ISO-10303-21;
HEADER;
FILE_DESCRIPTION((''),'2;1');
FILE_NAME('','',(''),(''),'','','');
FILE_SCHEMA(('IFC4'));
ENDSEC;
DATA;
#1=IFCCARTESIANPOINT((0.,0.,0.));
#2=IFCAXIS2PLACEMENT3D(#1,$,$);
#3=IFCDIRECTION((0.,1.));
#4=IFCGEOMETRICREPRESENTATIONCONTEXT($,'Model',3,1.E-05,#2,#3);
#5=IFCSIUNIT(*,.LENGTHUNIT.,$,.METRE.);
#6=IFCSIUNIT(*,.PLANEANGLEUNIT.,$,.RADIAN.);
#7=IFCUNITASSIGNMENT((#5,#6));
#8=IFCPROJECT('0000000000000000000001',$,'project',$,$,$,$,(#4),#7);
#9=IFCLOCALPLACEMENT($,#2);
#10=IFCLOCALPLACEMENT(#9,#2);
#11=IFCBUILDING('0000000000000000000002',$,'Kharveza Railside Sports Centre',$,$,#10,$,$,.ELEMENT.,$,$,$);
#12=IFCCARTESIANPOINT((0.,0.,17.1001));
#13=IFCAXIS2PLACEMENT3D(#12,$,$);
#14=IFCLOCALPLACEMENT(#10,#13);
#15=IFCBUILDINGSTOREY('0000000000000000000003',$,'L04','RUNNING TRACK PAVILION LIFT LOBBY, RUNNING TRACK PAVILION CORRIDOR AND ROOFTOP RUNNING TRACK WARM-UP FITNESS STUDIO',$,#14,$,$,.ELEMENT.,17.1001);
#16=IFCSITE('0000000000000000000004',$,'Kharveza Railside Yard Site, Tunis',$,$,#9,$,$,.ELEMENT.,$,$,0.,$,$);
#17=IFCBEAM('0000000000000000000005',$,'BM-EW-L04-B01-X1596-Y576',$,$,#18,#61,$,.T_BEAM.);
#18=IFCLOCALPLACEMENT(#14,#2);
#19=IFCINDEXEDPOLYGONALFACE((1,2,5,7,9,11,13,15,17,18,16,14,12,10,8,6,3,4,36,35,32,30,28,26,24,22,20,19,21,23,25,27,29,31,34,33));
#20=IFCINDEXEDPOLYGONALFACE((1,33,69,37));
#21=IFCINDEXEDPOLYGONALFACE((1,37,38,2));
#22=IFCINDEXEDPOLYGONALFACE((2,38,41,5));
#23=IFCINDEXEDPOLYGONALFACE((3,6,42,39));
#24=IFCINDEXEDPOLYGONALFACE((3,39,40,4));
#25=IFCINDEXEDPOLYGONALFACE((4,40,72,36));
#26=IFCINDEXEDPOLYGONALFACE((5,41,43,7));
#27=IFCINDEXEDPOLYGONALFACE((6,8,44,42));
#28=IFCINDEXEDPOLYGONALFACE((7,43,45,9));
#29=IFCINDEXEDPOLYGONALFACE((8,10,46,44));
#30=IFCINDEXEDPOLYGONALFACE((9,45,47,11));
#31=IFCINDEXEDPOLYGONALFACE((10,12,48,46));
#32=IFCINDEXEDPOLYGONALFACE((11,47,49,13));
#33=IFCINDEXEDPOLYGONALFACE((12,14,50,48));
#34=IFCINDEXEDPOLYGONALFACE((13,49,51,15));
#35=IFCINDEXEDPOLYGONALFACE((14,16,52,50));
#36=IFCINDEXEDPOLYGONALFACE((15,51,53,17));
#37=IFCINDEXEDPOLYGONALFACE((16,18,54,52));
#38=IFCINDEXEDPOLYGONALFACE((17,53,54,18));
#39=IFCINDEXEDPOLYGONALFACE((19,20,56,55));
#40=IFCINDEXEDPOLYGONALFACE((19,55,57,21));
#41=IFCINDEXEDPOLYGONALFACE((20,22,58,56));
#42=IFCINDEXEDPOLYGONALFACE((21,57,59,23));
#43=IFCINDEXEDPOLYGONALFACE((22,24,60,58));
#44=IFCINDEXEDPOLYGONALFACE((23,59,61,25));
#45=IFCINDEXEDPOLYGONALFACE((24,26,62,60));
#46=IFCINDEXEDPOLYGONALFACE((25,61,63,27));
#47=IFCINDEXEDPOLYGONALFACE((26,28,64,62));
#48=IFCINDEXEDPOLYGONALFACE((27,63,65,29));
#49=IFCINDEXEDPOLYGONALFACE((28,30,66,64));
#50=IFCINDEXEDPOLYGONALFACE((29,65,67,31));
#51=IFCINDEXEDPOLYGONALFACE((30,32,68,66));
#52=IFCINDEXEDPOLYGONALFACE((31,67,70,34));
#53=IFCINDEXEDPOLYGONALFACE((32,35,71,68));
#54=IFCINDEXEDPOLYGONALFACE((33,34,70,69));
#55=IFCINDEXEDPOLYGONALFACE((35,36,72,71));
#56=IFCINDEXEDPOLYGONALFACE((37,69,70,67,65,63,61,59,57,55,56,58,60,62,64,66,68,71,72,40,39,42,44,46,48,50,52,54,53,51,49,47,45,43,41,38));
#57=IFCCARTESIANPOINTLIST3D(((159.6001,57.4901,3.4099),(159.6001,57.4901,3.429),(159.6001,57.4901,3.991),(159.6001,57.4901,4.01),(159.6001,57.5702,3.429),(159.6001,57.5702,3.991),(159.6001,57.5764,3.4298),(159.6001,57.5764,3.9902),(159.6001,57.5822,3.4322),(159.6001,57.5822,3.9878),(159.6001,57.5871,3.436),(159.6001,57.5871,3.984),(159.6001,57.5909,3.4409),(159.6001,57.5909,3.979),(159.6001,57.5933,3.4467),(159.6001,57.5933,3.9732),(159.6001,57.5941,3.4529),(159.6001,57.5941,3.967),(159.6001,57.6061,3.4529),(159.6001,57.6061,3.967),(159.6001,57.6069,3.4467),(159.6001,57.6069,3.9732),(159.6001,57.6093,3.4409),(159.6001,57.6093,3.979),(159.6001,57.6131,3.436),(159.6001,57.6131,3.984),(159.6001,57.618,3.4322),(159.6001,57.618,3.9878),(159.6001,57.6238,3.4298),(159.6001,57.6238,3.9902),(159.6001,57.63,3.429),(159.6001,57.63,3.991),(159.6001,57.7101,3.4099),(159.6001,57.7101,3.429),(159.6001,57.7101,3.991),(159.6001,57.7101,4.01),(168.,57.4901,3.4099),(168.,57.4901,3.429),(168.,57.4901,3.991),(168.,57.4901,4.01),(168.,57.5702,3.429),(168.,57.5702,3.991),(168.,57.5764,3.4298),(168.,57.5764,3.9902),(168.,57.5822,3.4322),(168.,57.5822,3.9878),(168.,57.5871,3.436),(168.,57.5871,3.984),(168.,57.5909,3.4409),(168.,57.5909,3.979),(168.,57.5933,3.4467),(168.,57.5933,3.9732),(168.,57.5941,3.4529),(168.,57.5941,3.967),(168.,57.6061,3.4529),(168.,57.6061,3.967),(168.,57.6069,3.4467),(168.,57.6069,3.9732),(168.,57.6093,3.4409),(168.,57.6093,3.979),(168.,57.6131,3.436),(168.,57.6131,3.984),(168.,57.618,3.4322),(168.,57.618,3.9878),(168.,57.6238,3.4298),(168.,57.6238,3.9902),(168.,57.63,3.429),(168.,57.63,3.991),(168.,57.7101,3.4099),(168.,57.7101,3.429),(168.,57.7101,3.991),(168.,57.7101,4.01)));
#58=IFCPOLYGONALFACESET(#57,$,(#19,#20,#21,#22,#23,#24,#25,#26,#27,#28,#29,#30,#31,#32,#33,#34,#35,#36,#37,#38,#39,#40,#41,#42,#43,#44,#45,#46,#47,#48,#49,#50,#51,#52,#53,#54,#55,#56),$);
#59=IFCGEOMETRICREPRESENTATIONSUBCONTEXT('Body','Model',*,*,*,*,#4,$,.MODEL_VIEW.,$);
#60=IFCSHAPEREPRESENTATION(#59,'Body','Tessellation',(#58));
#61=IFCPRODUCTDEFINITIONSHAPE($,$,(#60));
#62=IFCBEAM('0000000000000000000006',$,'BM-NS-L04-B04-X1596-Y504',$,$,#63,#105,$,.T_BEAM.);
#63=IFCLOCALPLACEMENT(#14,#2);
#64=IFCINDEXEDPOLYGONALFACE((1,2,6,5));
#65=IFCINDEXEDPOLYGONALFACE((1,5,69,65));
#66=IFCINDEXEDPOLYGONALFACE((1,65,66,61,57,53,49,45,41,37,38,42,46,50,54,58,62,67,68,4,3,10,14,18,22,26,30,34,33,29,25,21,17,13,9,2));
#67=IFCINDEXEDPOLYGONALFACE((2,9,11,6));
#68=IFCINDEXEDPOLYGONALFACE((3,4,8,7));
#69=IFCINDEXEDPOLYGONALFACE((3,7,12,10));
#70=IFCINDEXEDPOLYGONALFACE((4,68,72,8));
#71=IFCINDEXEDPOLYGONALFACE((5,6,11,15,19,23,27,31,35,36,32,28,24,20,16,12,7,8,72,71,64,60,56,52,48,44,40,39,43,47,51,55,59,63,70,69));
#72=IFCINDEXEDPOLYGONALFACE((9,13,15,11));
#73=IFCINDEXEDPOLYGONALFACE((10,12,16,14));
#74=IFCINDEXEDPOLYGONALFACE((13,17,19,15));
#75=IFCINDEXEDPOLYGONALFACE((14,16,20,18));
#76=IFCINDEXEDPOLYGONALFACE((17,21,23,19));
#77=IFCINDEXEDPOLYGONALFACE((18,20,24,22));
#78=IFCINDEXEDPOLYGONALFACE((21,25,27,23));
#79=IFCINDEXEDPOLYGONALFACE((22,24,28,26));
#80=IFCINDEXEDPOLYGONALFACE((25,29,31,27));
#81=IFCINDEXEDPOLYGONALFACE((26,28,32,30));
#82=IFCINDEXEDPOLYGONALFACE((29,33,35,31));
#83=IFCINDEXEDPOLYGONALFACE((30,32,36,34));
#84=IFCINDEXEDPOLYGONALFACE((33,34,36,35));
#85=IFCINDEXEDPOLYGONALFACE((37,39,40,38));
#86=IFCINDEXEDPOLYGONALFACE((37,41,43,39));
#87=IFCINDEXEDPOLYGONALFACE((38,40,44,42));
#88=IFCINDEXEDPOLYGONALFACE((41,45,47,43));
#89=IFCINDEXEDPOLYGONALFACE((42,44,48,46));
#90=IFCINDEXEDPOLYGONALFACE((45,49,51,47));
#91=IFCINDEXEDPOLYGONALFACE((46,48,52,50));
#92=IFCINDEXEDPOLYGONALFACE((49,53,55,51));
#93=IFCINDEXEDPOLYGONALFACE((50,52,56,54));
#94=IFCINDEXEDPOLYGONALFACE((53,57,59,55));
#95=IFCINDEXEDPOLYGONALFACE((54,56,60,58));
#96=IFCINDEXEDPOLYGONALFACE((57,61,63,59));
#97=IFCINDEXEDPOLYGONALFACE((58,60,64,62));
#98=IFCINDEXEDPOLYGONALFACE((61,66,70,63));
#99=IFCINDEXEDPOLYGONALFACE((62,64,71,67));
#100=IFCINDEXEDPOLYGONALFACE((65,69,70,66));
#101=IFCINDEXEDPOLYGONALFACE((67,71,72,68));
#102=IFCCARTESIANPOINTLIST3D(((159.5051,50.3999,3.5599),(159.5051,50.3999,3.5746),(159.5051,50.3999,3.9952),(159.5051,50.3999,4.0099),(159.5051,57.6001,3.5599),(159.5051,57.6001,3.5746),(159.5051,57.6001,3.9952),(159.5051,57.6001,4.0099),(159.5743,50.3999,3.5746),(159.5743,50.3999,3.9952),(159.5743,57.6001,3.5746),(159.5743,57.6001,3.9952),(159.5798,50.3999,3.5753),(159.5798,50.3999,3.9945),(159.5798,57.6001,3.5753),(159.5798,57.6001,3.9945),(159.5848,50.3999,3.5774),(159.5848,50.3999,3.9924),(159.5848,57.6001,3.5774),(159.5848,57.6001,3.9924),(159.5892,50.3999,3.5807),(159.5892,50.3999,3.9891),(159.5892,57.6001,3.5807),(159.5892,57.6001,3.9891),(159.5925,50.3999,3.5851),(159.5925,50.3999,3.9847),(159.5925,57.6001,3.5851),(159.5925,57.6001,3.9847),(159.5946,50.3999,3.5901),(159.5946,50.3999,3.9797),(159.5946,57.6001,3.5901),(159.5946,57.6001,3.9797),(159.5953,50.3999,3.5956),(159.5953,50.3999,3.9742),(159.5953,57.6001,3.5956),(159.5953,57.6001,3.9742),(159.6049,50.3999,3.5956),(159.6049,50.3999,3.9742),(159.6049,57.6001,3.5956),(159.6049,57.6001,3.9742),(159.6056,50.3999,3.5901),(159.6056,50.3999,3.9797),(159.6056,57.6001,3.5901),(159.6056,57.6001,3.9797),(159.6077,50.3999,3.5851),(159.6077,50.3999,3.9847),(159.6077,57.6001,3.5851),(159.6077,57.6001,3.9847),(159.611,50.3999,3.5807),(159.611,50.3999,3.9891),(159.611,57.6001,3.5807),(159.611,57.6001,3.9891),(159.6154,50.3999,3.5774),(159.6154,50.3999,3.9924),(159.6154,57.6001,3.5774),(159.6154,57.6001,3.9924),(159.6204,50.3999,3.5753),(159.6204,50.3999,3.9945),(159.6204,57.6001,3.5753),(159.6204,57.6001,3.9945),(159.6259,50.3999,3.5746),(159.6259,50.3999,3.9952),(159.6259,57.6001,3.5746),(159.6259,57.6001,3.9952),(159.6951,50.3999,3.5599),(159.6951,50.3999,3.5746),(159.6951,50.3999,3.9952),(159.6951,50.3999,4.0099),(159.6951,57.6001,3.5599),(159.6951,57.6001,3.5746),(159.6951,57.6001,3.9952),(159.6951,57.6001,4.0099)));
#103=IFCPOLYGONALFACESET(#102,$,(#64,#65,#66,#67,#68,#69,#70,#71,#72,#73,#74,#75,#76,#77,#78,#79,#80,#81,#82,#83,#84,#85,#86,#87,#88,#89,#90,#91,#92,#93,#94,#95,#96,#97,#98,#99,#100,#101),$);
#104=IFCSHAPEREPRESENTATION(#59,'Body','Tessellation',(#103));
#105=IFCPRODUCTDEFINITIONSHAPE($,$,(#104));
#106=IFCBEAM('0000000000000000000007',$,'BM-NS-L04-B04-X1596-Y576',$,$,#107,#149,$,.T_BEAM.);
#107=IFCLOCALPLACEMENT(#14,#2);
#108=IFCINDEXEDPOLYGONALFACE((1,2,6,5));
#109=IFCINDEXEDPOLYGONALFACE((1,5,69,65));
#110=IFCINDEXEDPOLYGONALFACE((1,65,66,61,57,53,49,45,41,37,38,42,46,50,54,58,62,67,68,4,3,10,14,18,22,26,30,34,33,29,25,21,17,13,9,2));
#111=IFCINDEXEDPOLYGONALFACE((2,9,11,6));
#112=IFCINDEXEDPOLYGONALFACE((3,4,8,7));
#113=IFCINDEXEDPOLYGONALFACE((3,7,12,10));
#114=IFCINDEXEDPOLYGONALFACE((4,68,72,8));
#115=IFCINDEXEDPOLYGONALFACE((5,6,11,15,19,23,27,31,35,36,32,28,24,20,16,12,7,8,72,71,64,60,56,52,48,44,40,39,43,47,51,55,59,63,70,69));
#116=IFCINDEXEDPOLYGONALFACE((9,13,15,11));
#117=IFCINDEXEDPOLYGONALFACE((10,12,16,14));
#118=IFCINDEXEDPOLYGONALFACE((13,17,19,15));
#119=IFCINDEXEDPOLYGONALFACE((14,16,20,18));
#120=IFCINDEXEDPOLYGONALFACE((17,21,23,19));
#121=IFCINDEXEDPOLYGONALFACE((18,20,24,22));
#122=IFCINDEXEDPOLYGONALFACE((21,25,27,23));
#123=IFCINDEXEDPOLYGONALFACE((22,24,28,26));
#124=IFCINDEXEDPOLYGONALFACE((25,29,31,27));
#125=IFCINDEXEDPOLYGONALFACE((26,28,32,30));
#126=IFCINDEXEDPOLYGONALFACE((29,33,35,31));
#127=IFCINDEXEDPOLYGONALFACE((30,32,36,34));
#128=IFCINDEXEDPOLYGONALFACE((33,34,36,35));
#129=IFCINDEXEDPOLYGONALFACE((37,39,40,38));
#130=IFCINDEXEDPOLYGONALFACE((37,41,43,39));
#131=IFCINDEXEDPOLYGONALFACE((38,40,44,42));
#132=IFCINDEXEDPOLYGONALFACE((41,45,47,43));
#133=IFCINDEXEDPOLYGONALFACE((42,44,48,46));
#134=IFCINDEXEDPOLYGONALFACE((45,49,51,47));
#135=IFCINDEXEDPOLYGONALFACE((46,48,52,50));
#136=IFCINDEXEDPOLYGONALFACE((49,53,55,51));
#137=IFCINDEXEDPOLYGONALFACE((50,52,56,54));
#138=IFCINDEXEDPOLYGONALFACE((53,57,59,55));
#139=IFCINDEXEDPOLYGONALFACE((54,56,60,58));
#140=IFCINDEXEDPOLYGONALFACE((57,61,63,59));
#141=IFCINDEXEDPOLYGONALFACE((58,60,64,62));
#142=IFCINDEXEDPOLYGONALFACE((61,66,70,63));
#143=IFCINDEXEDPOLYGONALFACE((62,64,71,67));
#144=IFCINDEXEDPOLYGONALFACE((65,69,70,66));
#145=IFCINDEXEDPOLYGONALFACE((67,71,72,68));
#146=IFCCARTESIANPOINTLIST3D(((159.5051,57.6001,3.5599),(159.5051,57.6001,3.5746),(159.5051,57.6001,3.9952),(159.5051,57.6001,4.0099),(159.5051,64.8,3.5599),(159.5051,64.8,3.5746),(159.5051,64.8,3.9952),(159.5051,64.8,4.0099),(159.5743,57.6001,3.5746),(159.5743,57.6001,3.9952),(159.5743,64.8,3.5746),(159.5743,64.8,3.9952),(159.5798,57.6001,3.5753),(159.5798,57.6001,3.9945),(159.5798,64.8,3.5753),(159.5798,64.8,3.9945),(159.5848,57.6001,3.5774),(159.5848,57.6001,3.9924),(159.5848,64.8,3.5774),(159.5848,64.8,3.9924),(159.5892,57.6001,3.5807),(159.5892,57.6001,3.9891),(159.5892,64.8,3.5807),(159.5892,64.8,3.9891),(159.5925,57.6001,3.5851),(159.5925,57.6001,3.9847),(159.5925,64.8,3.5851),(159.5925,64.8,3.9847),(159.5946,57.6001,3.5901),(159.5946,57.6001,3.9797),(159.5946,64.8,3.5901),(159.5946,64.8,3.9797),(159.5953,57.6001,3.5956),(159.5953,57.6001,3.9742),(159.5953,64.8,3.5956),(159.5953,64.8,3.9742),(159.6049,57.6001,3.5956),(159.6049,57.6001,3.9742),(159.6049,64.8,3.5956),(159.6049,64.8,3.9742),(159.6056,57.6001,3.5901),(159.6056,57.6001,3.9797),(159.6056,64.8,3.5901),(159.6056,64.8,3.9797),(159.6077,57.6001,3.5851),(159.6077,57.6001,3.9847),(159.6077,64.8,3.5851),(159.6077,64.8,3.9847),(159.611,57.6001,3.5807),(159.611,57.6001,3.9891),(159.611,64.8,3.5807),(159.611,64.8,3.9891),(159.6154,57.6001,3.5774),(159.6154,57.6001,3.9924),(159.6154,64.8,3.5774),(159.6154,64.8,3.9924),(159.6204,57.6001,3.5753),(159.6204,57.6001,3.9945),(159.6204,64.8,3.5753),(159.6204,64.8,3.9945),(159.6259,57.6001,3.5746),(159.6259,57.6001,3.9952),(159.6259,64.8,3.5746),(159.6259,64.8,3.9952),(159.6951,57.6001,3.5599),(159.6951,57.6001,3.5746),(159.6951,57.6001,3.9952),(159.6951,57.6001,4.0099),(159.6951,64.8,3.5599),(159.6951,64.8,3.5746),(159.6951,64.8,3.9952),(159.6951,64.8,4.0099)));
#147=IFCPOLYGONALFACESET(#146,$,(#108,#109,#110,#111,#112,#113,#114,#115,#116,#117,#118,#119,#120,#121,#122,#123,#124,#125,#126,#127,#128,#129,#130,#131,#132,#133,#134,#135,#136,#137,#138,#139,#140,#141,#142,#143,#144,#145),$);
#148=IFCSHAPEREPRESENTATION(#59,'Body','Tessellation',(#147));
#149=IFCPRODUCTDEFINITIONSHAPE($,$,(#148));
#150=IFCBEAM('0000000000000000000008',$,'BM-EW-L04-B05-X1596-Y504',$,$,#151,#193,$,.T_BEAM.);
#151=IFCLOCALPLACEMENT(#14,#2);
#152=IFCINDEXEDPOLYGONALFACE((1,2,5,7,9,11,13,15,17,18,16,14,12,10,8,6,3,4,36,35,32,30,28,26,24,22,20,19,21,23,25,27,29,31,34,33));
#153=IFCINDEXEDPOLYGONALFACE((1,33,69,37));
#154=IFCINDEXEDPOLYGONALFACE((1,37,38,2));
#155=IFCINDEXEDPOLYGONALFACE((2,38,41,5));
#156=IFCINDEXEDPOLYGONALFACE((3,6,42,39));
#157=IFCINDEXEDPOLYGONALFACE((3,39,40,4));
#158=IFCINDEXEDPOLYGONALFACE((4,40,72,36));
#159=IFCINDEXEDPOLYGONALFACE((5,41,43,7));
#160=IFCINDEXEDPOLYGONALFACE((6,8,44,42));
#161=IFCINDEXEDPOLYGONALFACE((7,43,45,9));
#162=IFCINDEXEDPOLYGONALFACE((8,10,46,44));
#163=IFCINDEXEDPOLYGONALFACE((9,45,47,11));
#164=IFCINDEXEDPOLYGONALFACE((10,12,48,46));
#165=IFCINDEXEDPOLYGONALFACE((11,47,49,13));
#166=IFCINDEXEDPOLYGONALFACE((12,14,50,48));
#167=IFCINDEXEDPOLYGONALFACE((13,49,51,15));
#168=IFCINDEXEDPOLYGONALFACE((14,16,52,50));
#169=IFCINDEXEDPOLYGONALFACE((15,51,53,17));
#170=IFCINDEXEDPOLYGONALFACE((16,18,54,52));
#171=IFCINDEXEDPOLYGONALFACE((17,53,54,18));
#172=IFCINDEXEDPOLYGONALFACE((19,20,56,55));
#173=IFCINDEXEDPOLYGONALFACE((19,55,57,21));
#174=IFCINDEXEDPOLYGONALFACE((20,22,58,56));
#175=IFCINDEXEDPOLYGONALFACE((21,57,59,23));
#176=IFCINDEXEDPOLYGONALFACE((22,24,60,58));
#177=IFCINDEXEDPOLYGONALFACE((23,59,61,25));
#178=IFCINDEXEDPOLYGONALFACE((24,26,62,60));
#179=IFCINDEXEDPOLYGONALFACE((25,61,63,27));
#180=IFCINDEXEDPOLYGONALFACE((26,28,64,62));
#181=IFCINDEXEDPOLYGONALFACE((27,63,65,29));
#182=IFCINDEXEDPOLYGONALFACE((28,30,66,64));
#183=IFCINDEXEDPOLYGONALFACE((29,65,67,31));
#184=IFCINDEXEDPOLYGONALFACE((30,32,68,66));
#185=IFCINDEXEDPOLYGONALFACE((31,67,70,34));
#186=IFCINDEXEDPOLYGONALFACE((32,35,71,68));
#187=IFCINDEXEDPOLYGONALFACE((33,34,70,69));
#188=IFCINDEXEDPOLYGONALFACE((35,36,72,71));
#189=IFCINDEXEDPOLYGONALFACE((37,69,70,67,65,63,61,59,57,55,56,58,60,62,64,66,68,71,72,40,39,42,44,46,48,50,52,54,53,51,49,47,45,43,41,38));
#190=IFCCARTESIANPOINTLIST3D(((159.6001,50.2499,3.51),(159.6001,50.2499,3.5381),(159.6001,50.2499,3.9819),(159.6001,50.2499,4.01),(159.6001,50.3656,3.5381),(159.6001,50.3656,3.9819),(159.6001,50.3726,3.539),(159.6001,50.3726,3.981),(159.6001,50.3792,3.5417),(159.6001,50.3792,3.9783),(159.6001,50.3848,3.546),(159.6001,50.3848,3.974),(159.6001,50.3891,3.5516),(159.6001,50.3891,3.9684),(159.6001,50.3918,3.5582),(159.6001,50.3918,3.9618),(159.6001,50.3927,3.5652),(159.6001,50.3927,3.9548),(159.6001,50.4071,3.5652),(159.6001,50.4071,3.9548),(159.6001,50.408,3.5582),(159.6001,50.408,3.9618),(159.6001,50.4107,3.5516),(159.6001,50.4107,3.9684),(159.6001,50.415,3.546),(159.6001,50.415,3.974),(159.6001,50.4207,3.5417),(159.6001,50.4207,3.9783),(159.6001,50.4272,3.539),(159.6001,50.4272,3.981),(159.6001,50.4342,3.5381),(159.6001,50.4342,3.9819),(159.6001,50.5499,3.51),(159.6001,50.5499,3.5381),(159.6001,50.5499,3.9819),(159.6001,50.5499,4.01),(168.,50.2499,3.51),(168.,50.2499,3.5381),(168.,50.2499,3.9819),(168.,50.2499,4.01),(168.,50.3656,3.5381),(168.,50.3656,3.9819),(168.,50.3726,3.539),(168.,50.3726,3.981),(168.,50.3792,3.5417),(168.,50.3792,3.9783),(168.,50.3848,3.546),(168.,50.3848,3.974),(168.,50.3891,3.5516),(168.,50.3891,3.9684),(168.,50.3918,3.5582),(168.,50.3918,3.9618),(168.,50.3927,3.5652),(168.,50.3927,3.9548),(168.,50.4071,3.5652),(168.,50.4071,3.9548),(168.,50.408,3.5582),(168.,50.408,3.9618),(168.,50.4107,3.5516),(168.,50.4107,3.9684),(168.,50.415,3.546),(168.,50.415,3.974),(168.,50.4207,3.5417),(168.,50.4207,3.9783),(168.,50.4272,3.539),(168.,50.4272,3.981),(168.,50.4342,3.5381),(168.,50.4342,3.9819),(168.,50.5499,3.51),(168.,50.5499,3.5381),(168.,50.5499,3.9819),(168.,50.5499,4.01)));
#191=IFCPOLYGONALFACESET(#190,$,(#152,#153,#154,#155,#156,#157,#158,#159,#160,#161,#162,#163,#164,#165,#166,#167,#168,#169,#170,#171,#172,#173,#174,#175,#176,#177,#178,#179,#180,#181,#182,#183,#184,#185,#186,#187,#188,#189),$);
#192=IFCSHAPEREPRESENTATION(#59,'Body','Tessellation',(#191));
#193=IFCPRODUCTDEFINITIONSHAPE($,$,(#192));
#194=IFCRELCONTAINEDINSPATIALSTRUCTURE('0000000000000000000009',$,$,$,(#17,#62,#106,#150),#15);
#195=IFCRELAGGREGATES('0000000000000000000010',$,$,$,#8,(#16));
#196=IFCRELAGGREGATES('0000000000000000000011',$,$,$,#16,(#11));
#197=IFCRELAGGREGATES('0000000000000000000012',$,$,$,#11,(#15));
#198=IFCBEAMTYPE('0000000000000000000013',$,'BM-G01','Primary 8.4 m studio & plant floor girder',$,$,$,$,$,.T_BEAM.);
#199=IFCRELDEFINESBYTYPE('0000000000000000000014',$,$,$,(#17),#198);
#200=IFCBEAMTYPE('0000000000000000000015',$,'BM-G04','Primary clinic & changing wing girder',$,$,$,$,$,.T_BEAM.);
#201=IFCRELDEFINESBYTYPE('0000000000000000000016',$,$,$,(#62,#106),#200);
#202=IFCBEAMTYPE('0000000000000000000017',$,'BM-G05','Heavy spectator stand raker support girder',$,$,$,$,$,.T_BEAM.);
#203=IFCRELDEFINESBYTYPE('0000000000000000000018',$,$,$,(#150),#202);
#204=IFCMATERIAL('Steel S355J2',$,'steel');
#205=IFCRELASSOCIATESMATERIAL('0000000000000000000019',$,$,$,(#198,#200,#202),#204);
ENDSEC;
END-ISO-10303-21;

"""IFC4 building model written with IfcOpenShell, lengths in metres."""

from ifc_helpers import new_model, si_unit, direction, frame, origin, origin_2d, place, context, subcontext, project, spatial, i_section, extrude, material, material_profile, profile_set, type_object, element, save


model = new_model("IFC4")

# Units and contexts
model_context = context("Model", 3, precision=1e-05, world=origin(), true_north=direction((0.0, 1.0)))
body_context = subcontext(model_context, "Body", "Model", "MODEL_VIEW")
ifc_project = project(units=[si_unit("LENGTHUNIT", "METRE"), si_unit("PLANEANGLEUNIT", "RADIAN")], contexts=[model_context])

# Site, building, storey
site_placement = place(None, origin())
site = spatial("IfcSite", under=ifc_project, at=site_placement, Name="Kharveza Railside Yard Site, Tunis", CompositionType="ELEMENT", RefElevation=0.0)
building_placement = place(site_placement, origin())
building = spatial("IfcBuilding", under=site, at=building_placement, Name="Kharveza Railside Sports Centre", CompositionType="ELEMENT")
storey_placement = place(building_placement, frame((0.0, 0.0, 17.1001)))
storey = spatial("IfcBuildingStorey", under=building, at=storey_placement, Name="L04", Description="RUNNING TRACK PAVILION LIFT LOBBY, RUNNING TRACK PAVILION CORRIDOR AND ROOFTOP RUNNING TRACK WARM-UP FITNESS STUDIO", CompositionType="ELEMENT", Elevation=17.1001)

# Shared definitions
ifc_material_1 = material(Name="Steel S355J2", Category="steel")

# Beams
ifc_material_profile_1 = material_profile(ifc_material_1, i_section(OverallWidth=0.22, OverallDepth=0.6001, WebThickness=0.012, FlangeThickness=0.019, FilletRadius=0.0239, at=origin_2d()), Name="IPE 600")
ifc_profile_set_1 = profile_set([ifc_material_profile_1], Name="Steel S355J2")
beam_type_1 = type_object("IfcBeamType", Name="BM-G01", Description="Primary 8.4 m studio & plant floor girder", PredefinedType="T_BEAM", material=ifc_profile_set_1)
beam_1_placement = place(storey_placement, frame((159.6001, 57.6001, 3.71), z_axis=(1.0, 0.0, 0.0), x_axis=(0.0, 1.0, 0.0)))
element("IfcBeam", 1, at=beam_1_placement, inside=storey, type_object=beam_type_1, Name="BM-EW-L04-B01-X1596-Y576", PredefinedType="T_BEAM", context=body_context, shape_type="SweptSolid", body=[
    extrude(i_section(OverallWidth=0.22, OverallDepth=0.6001, WebThickness=0.012, FlangeThickness=0.019, FilletRadius=0.0239, at=origin_2d()), origin(), (0.0, 0.0, 1.0), 8.3999),
])
ifc_material_profile_2 = material_profile(ifc_material_1, i_section(OverallWidth=0.1899, OverallDepth=0.45, WebThickness=0.0095, FlangeThickness=0.0146, FilletRadius=0.021, at=origin_2d()), Name="IPE 450")
ifc_profile_set_2 = profile_set([ifc_material_profile_2], Name="Steel S355J2")
beam_type_2 = type_object("IfcBeamType", Name="BM-G04", Description="Primary clinic & changing wing girder", PredefinedType="T_BEAM", material=ifc_profile_set_2)
beam_2_placement = place(storey_placement, frame((159.6001, 50.3999, 3.7849), z_axis=(0.0, 1.0, 0.0), x_axis=(-1.0, 0.0, 0.0)))
element("IfcBeam", 2, at=beam_2_placement, inside=storey, type_object=beam_type_2, Name="BM-NS-L04-B04-X1596-Y504", PredefinedType="T_BEAM", context=body_context, shape_type="SweptSolid", body=[
    extrude(i_section(OverallWidth=0.1899, OverallDepth=0.45, WebThickness=0.0095, FlangeThickness=0.0146, FilletRadius=0.021, at=origin_2d()), origin(), (0.0, 0.0, 1.0), 7.2002),
])
beam_3_placement = place(storey_placement, frame((159.6001, 57.6001, 3.7849), z_axis=(0.0, 1.0, 0.0), x_axis=(-1.0, 0.0, 0.0)))
element("IfcBeam", 3, at=beam_3_placement, inside=storey, type_object=beam_type_2, Name="BM-NS-L04-B04-X1596-Y576", PredefinedType="T_BEAM", context=body_context, shape_type="SweptSolid", body=[
    extrude(i_section(OverallWidth=0.1899, OverallDepth=0.45, WebThickness=0.0095, FlangeThickness=0.0146, FilletRadius=0.021, at=origin_2d()), origin(), (0.0, 0.0, 1.0), 7.2),
])
ifc_material_profile_3 = material_profile(ifc_material_1, i_section(OverallWidth=0.3, OverallDepth=0.5, WebThickness=0.0144, FlangeThickness=0.0281, FilletRadius=0.0271, at=origin_2d()), Name="HEB 500")
ifc_profile_set_3 = profile_set([ifc_material_profile_3], Name="Steel S355J2")
beam_type_3 = type_object("IfcBeamType", Name="BM-G05", Description="Heavy spectator stand raker support girder", PredefinedType="T_BEAM", material=ifc_profile_set_3)
beam_4_placement = place(storey_placement, frame((159.6001, 50.3999, 3.76), z_axis=(1.0, 0.0, 0.0), x_axis=(0.0, 1.0, 0.0)))
element("IfcBeam", 4, at=beam_4_placement, inside=storey, type_object=beam_type_3, Name="BM-EW-L04-B05-X1596-Y504", PredefinedType="T_BEAM", context=body_context, shape_type="SweptSolid", body=[
    extrude(i_section(OverallWidth=0.3, OverallDepth=0.5, WebThickness=0.0144, FlangeThickness=0.0281, FilletRadius=0.0271, at=origin_2d()), origin(), (0.0, 0.0, 1.0), 8.3999),
])

save(model, "model.ifc")
